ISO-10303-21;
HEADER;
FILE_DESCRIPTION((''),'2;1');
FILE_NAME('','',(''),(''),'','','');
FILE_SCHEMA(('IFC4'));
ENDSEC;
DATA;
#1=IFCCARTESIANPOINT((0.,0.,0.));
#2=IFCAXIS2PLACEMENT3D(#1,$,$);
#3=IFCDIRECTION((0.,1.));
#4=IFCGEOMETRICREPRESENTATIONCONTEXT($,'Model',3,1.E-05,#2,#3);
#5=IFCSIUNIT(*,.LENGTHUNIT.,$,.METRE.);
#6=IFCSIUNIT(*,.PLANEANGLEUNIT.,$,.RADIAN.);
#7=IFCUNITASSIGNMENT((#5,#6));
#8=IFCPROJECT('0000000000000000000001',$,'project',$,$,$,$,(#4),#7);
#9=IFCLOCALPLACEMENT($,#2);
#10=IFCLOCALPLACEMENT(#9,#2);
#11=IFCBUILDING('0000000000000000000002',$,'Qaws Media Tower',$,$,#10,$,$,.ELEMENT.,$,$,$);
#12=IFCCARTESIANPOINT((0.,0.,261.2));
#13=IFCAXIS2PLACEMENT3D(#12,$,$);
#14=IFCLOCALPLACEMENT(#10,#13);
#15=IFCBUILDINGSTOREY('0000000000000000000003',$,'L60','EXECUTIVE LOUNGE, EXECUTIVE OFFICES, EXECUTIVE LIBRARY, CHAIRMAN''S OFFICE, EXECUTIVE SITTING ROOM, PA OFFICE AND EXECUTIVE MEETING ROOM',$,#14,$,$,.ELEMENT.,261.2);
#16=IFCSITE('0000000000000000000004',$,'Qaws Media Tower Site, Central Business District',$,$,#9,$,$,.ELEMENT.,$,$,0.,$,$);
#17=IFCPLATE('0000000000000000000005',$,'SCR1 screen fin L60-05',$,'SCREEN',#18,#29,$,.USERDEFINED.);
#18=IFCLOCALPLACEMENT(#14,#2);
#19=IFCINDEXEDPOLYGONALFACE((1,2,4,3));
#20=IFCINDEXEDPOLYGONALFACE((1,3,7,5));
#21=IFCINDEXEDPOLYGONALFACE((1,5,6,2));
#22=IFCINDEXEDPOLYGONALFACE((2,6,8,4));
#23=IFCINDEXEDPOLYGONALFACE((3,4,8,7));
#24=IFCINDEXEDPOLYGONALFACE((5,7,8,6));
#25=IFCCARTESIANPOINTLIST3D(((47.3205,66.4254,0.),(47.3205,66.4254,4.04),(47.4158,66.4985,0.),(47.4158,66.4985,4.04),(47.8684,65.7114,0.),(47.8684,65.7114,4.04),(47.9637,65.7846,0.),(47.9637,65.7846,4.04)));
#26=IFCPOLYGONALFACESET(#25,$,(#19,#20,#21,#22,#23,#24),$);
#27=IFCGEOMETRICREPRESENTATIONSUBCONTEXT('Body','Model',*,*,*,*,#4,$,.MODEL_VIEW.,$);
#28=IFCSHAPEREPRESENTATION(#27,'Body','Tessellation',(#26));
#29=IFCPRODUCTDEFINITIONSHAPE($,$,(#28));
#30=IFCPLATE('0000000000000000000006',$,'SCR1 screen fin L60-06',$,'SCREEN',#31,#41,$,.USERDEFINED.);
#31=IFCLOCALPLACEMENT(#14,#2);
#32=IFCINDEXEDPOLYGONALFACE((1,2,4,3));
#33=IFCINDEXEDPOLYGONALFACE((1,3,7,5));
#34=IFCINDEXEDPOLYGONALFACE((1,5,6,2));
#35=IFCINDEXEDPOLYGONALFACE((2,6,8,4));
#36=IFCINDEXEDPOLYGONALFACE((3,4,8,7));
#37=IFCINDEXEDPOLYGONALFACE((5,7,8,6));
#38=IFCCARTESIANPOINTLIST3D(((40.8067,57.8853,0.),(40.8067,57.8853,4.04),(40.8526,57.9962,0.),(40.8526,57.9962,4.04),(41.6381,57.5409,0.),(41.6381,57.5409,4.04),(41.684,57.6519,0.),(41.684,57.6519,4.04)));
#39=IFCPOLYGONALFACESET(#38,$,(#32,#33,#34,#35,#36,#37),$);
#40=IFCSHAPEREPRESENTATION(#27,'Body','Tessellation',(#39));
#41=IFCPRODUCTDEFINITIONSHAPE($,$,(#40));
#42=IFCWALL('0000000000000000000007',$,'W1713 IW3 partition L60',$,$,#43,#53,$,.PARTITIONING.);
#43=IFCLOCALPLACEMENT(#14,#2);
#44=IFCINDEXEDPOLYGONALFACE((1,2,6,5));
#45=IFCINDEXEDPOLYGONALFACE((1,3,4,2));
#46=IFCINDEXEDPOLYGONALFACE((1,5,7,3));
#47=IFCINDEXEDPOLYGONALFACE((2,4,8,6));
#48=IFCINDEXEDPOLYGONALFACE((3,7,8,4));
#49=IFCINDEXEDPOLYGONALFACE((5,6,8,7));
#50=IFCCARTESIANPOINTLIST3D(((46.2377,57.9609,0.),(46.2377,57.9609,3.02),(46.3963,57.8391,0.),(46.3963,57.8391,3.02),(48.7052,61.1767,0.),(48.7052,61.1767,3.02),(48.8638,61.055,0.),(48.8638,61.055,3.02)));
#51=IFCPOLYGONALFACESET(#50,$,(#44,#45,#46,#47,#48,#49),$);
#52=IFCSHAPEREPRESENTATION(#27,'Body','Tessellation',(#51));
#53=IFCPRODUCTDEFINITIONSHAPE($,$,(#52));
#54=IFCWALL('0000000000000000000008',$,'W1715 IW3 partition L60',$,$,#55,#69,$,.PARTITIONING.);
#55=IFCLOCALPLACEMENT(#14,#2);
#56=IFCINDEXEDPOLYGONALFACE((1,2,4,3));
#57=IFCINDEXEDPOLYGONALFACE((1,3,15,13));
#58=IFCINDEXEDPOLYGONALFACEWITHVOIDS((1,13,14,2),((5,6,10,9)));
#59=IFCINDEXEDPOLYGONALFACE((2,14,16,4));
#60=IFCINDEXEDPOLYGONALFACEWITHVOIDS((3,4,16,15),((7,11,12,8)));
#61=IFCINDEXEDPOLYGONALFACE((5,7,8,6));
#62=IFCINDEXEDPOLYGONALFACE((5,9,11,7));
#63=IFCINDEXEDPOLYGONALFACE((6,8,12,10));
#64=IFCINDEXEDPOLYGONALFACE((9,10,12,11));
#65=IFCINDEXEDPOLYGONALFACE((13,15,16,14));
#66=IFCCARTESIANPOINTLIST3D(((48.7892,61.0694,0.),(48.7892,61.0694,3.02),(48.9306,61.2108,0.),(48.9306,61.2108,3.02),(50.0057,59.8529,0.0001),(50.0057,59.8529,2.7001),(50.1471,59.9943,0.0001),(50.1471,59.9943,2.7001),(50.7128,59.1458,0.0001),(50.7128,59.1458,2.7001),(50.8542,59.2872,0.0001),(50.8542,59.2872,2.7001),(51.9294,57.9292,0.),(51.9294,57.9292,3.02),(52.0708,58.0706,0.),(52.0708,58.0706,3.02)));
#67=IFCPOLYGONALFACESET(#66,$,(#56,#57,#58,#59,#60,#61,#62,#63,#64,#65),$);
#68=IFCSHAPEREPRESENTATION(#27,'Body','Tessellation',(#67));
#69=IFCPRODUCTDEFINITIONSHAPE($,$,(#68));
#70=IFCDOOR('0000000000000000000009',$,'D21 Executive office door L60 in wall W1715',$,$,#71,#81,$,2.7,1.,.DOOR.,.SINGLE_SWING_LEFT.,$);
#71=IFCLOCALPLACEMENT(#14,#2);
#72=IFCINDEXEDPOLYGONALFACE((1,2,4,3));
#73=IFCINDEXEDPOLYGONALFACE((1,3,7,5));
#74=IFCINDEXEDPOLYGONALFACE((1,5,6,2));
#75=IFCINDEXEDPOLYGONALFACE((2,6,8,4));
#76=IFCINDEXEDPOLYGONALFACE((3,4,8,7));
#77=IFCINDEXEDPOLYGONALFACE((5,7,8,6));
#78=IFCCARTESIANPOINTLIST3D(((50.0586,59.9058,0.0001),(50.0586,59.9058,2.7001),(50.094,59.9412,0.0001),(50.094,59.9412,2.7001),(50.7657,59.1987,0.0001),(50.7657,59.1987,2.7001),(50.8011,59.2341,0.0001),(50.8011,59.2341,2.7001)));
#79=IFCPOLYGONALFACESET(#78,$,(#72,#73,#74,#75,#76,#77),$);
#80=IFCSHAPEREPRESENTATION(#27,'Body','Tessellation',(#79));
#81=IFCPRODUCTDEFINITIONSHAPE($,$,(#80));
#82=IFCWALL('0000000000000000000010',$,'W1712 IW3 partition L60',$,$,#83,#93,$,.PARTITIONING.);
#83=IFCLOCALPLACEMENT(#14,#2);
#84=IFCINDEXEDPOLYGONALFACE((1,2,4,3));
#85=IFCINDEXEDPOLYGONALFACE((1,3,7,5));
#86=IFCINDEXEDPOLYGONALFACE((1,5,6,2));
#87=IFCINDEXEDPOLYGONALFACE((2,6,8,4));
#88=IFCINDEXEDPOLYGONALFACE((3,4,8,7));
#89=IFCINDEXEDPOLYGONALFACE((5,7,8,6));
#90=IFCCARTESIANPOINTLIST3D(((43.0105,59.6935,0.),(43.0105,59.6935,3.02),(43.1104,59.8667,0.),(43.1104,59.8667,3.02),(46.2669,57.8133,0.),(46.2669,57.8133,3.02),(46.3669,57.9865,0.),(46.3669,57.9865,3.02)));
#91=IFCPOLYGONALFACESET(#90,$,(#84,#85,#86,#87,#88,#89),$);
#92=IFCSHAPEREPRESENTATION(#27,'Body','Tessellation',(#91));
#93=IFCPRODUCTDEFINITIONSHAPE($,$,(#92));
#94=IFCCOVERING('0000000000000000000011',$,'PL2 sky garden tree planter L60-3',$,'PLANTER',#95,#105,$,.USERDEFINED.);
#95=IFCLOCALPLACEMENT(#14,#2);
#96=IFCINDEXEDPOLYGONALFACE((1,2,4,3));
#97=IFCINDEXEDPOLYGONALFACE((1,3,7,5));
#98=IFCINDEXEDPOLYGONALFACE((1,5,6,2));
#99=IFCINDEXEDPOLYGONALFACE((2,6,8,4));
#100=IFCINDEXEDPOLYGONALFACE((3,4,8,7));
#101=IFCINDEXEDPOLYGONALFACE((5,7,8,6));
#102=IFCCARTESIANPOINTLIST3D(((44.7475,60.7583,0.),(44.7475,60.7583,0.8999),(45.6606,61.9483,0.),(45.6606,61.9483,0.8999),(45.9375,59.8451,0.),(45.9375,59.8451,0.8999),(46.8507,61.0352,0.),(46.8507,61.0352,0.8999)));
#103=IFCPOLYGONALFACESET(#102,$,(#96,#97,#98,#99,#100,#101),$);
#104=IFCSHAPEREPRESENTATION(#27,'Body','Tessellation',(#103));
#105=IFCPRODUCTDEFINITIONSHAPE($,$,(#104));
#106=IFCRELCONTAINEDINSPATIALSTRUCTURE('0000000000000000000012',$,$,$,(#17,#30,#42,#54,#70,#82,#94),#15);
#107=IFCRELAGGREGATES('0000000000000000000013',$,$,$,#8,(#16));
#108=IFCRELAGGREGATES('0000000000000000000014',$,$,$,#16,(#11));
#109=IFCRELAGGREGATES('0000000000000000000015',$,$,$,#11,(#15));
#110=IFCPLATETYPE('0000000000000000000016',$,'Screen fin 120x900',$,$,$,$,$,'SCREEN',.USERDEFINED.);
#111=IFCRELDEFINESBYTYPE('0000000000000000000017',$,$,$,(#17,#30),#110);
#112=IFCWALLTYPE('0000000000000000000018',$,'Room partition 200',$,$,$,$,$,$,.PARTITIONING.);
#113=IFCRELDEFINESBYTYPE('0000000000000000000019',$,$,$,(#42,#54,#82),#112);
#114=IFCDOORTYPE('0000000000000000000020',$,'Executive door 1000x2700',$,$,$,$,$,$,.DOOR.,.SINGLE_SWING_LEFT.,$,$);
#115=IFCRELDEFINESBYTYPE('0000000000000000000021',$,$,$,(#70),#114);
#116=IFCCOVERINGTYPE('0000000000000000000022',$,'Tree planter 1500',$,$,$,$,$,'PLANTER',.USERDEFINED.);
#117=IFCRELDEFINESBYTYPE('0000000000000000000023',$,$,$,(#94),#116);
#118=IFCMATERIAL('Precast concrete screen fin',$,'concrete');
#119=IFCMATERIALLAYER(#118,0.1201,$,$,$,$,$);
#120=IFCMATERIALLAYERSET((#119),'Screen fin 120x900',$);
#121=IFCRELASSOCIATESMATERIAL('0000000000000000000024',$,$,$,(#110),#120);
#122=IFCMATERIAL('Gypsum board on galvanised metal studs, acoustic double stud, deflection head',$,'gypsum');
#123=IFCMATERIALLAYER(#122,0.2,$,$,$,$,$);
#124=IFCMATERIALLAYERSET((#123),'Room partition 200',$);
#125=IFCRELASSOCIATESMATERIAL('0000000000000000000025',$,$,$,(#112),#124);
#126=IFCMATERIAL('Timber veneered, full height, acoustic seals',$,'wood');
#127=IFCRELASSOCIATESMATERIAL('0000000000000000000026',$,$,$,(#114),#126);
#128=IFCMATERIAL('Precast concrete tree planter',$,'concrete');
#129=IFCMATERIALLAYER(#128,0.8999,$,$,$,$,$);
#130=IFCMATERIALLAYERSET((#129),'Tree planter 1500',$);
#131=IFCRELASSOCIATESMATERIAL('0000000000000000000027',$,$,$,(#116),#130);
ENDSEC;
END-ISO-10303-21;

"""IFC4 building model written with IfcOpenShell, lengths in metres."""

from ifc_helpers import new_model, si_unit, direction, frame, frame_2d, origin, origin_2d, place, context, subcontext, project, spatial, rectangle, extrude, material, layer, layer_set, type_object, element, fill, save


model = new_model("IFC4")

# Units and contexts
model_context = context("Model", 3, precision=1e-05, world=origin(), true_north=direction((0.0, 1.0)))
body_context = subcontext(model_context, "Body", "Model", "MODEL_VIEW")
ifc_project = project(units=[si_unit("LENGTHUNIT", "METRE"), si_unit("PLANEANGLEUNIT", "RADIAN")], contexts=[model_context])

# Site, building, storey
site_placement = place(None, origin())
site = spatial("IfcSite", under=ifc_project, at=site_placement, Name="Qaws Media Tower Site, Central Business District", CompositionType="ELEMENT", RefElevation=0.0)
building_placement = place(site_placement, origin())
building = spatial("IfcBuilding", under=site, at=building_placement, Name="Qaws Media Tower", CompositionType="ELEMENT")
storey_placement = place(building_placement, frame((0.0, 0.0, 261.2)))
storey = spatial("IfcBuildingStorey", under=building, at=storey_placement, Name="L60", Description="EXECUTIVE LOUNGE, EXECUTIVE OFFICES, EXECUTIVE LIBRARY, CHAIRMAN'S OFFICE, EXECUTIVE SITTING ROOM, PA OFFICE AND EXECUTIVE MEETING ROOM", CompositionType="ELEMENT", Elevation=261.2)

# Plates
ifc_material_1 = material(Name="Precast concrete screen fin", Category="concrete")
ifc_layer_1 = layer(ifc_material_1, 0.1201)
ifc_layer_set_1 = layer_set([ifc_layer_1], Name="Screen fin 120x900")
plate_type_1 = type_object("IfcPlateType", Name="Screen fin 120x900", ElementType="SCREEN", PredefinedType="USERDEFINED", material=ifc_layer_set_1)
for number, where, z_axis, x_axis, name in (
    (1, (47.6421, 66.105, 0.0), (0.0, 0.0, 1.0), (-0.608761, 0.793353, 0.0), "SCR1 screen fin L60-05"),
    (2, (41.2454, 57.7686, 0.0), (0.0, 0.0, 1.0), (-0.92388, 0.382683, 0.0), "SCR1 screen fin L60-06"),
):
    element("IfcPlate", number, at=place(storey_placement, frame(where, z_axis=z_axis, x_axis=x_axis)), inside=storey, type_object=plate_type_1, Name=name, ObjectType="SCREEN", PredefinedType="USERDEFINED", context=body_context, shape_type="SweptSolid", body=[
        extrude(rectangle(XDim=0.8999, YDim=0.1201, at=origin_2d()), origin(), (0.0, 0.0, 1.0), 4.04),
    ])

# Wall
ifc_material_2 = material(Name="Gypsum board on galvanised metal studs, acoustic double stud, deflection head", Category="gypsum")
ifc_layer_2 = layer(ifc_material_2, 0.2)
ifc_layer_set_2 = layer_set([ifc_layer_2], Name="Room partition 200")
wall_type = type_object("IfcWallType", Name="Room partition 200", PredefinedType="PARTITIONING", material=ifc_layer_set_2)
wall_1_placement = place(storey_placement, frame((46.3169, 57.8999, 0.0), z_axis=(0.0, 0.0, 1.0), x_axis=(0.608753, 0.79336, 0.0)))
element("IfcWall", 3, at=wall_1_placement, inside=storey, type_object=wall_type, Name="W1713 IW3 partition L60", PredefinedType="PARTITIONING", context=body_context, shape_type="SweptSolid", body=[
    extrude(rectangle(XDim=4.0535, YDim=0.2, at=frame_2d((2.0269, 0.0))), origin(), (0.0, 0.0, 1.0), 3.02),
])

# Wall, opening, door
wall_2_placement = place(storey_placement, frame((48.8599, 61.1401, 0.0), z_axis=(0.0, 0.0, 1.0), x_axis=(0.707107, -0.707107, 0.0)))
wall_2 = element("IfcWall", 4, at=wall_2_placement, inside=storey, type_object=wall_type, Name="W1715 IW3 partition L60", PredefinedType="PARTITIONING", context=body_context, shape_type="SweptSolid", body=[
    extrude(rectangle(XDim=4.4409, YDim=0.2, at=frame_2d((2.2205, 0.0))), origin(), (0.0, 0.0, 1.0), 3.02),
])
opening_placement = place(wall_2_placement, frame((1.7205, 0.0, 0.0)))
opening = element("IfcOpeningElement", 5, at=opening_placement, cuts=wall_2, PredefinedType="OPENING", context=body_context, shape_type="SweptSolid", body=[
    extrude(rectangle(XDim=1.0, YDim=2.7, at=frame_2d((0.5, 1.3501))), frame((0.0, 0.1099, 0.0), z_axis=(0.0, -1.0, 0.0), x_axis=(1.0, 0.0, 0.0)), (0.0, 0.0, 1.0), 0.22),
])
ifc_material_3 = material(Name="Timber veneered, full height, acoustic seals", Category="wood")
door_type = type_object("IfcDoorType", Name="Executive door 1000x2700", OperationType="SINGLE_SWING_LEFT", PredefinedType="DOOR", material=ifc_material_3)
door_placement = place(opening_placement, origin())
door = element("IfcDoor", 6, at=door_placement, inside=storey, type_object=door_type, Name="D21 Executive office door L60 in wall W1715", OperationType="SINGLE_SWING_LEFT", OverallHeight=2.7, OverallWidth=1.0, PredefinedType="DOOR", context=body_context, shape_type="SweptSolid", body=[
    extrude(rectangle(XDim=1.0, YDim=2.7, at=frame_2d((0.5, 1.3501))), frame((0.0, 0.0249, 0.0), z_axis=(0.0, -1.0, 0.0), x_axis=(1.0, 0.0, 0.0)), (0.0, 0.0, 1.0), 0.05),
])
fill(opening, door)

# Wall
wall_3_placement = place(storey_placement, frame((46.3169, 57.8999, 0.0), z_axis=(0.0, 0.0, 1.0), x_axis=(-0.866017, 0.500015, 0.0)))
element("IfcWall", 7, at=wall_3_placement, inside=storey, type_object=wall_type, Name="W1712 IW3 partition L60", PredefinedType="PARTITIONING", context=body_context, shape_type="SweptSolid", body=[
    extrude(rectangle(XDim=3.7603, YDim=0.2, at=frame_2d((1.8801, 0.0))), origin(), (0.0, 0.0, 1.0), 3.02),
])

# Covering
ifc_material_4 = material(Name="Precast concrete tree planter", Category="concrete")
ifc_layer_3 = layer(ifc_material_4, 0.8999)
ifc_layer_set_3 = layer_set([ifc_layer_3], Name="Tree planter 1500")
covering_type = type_object("IfcCoveringType", Name="Tree planter 1500", ElementType="PLANTER", PredefinedType="USERDEFINED", material=ifc_layer_set_3)
covering_placement = place(storey_placement, frame((45.7991, 60.8967, 0.0), z_axis=(0.0, 0.0, 1.0), x_axis=(-0.793353, 0.608761, 0.0)))
element("IfcCovering", 8, at=covering_placement, inside=storey, type_object=covering_type, Name="PL2 sky garden tree planter L60-3", ObjectType="PLANTER", PredefinedType="USERDEFINED", context=body_context, shape_type="SweptSolid", body=[
    extrude(rectangle(XDim=1.5, YDim=1.5, at=origin_2d()), origin(), (0.0, 0.0, 1.0), 0.8999),
])

save(model, "model.ifc")
